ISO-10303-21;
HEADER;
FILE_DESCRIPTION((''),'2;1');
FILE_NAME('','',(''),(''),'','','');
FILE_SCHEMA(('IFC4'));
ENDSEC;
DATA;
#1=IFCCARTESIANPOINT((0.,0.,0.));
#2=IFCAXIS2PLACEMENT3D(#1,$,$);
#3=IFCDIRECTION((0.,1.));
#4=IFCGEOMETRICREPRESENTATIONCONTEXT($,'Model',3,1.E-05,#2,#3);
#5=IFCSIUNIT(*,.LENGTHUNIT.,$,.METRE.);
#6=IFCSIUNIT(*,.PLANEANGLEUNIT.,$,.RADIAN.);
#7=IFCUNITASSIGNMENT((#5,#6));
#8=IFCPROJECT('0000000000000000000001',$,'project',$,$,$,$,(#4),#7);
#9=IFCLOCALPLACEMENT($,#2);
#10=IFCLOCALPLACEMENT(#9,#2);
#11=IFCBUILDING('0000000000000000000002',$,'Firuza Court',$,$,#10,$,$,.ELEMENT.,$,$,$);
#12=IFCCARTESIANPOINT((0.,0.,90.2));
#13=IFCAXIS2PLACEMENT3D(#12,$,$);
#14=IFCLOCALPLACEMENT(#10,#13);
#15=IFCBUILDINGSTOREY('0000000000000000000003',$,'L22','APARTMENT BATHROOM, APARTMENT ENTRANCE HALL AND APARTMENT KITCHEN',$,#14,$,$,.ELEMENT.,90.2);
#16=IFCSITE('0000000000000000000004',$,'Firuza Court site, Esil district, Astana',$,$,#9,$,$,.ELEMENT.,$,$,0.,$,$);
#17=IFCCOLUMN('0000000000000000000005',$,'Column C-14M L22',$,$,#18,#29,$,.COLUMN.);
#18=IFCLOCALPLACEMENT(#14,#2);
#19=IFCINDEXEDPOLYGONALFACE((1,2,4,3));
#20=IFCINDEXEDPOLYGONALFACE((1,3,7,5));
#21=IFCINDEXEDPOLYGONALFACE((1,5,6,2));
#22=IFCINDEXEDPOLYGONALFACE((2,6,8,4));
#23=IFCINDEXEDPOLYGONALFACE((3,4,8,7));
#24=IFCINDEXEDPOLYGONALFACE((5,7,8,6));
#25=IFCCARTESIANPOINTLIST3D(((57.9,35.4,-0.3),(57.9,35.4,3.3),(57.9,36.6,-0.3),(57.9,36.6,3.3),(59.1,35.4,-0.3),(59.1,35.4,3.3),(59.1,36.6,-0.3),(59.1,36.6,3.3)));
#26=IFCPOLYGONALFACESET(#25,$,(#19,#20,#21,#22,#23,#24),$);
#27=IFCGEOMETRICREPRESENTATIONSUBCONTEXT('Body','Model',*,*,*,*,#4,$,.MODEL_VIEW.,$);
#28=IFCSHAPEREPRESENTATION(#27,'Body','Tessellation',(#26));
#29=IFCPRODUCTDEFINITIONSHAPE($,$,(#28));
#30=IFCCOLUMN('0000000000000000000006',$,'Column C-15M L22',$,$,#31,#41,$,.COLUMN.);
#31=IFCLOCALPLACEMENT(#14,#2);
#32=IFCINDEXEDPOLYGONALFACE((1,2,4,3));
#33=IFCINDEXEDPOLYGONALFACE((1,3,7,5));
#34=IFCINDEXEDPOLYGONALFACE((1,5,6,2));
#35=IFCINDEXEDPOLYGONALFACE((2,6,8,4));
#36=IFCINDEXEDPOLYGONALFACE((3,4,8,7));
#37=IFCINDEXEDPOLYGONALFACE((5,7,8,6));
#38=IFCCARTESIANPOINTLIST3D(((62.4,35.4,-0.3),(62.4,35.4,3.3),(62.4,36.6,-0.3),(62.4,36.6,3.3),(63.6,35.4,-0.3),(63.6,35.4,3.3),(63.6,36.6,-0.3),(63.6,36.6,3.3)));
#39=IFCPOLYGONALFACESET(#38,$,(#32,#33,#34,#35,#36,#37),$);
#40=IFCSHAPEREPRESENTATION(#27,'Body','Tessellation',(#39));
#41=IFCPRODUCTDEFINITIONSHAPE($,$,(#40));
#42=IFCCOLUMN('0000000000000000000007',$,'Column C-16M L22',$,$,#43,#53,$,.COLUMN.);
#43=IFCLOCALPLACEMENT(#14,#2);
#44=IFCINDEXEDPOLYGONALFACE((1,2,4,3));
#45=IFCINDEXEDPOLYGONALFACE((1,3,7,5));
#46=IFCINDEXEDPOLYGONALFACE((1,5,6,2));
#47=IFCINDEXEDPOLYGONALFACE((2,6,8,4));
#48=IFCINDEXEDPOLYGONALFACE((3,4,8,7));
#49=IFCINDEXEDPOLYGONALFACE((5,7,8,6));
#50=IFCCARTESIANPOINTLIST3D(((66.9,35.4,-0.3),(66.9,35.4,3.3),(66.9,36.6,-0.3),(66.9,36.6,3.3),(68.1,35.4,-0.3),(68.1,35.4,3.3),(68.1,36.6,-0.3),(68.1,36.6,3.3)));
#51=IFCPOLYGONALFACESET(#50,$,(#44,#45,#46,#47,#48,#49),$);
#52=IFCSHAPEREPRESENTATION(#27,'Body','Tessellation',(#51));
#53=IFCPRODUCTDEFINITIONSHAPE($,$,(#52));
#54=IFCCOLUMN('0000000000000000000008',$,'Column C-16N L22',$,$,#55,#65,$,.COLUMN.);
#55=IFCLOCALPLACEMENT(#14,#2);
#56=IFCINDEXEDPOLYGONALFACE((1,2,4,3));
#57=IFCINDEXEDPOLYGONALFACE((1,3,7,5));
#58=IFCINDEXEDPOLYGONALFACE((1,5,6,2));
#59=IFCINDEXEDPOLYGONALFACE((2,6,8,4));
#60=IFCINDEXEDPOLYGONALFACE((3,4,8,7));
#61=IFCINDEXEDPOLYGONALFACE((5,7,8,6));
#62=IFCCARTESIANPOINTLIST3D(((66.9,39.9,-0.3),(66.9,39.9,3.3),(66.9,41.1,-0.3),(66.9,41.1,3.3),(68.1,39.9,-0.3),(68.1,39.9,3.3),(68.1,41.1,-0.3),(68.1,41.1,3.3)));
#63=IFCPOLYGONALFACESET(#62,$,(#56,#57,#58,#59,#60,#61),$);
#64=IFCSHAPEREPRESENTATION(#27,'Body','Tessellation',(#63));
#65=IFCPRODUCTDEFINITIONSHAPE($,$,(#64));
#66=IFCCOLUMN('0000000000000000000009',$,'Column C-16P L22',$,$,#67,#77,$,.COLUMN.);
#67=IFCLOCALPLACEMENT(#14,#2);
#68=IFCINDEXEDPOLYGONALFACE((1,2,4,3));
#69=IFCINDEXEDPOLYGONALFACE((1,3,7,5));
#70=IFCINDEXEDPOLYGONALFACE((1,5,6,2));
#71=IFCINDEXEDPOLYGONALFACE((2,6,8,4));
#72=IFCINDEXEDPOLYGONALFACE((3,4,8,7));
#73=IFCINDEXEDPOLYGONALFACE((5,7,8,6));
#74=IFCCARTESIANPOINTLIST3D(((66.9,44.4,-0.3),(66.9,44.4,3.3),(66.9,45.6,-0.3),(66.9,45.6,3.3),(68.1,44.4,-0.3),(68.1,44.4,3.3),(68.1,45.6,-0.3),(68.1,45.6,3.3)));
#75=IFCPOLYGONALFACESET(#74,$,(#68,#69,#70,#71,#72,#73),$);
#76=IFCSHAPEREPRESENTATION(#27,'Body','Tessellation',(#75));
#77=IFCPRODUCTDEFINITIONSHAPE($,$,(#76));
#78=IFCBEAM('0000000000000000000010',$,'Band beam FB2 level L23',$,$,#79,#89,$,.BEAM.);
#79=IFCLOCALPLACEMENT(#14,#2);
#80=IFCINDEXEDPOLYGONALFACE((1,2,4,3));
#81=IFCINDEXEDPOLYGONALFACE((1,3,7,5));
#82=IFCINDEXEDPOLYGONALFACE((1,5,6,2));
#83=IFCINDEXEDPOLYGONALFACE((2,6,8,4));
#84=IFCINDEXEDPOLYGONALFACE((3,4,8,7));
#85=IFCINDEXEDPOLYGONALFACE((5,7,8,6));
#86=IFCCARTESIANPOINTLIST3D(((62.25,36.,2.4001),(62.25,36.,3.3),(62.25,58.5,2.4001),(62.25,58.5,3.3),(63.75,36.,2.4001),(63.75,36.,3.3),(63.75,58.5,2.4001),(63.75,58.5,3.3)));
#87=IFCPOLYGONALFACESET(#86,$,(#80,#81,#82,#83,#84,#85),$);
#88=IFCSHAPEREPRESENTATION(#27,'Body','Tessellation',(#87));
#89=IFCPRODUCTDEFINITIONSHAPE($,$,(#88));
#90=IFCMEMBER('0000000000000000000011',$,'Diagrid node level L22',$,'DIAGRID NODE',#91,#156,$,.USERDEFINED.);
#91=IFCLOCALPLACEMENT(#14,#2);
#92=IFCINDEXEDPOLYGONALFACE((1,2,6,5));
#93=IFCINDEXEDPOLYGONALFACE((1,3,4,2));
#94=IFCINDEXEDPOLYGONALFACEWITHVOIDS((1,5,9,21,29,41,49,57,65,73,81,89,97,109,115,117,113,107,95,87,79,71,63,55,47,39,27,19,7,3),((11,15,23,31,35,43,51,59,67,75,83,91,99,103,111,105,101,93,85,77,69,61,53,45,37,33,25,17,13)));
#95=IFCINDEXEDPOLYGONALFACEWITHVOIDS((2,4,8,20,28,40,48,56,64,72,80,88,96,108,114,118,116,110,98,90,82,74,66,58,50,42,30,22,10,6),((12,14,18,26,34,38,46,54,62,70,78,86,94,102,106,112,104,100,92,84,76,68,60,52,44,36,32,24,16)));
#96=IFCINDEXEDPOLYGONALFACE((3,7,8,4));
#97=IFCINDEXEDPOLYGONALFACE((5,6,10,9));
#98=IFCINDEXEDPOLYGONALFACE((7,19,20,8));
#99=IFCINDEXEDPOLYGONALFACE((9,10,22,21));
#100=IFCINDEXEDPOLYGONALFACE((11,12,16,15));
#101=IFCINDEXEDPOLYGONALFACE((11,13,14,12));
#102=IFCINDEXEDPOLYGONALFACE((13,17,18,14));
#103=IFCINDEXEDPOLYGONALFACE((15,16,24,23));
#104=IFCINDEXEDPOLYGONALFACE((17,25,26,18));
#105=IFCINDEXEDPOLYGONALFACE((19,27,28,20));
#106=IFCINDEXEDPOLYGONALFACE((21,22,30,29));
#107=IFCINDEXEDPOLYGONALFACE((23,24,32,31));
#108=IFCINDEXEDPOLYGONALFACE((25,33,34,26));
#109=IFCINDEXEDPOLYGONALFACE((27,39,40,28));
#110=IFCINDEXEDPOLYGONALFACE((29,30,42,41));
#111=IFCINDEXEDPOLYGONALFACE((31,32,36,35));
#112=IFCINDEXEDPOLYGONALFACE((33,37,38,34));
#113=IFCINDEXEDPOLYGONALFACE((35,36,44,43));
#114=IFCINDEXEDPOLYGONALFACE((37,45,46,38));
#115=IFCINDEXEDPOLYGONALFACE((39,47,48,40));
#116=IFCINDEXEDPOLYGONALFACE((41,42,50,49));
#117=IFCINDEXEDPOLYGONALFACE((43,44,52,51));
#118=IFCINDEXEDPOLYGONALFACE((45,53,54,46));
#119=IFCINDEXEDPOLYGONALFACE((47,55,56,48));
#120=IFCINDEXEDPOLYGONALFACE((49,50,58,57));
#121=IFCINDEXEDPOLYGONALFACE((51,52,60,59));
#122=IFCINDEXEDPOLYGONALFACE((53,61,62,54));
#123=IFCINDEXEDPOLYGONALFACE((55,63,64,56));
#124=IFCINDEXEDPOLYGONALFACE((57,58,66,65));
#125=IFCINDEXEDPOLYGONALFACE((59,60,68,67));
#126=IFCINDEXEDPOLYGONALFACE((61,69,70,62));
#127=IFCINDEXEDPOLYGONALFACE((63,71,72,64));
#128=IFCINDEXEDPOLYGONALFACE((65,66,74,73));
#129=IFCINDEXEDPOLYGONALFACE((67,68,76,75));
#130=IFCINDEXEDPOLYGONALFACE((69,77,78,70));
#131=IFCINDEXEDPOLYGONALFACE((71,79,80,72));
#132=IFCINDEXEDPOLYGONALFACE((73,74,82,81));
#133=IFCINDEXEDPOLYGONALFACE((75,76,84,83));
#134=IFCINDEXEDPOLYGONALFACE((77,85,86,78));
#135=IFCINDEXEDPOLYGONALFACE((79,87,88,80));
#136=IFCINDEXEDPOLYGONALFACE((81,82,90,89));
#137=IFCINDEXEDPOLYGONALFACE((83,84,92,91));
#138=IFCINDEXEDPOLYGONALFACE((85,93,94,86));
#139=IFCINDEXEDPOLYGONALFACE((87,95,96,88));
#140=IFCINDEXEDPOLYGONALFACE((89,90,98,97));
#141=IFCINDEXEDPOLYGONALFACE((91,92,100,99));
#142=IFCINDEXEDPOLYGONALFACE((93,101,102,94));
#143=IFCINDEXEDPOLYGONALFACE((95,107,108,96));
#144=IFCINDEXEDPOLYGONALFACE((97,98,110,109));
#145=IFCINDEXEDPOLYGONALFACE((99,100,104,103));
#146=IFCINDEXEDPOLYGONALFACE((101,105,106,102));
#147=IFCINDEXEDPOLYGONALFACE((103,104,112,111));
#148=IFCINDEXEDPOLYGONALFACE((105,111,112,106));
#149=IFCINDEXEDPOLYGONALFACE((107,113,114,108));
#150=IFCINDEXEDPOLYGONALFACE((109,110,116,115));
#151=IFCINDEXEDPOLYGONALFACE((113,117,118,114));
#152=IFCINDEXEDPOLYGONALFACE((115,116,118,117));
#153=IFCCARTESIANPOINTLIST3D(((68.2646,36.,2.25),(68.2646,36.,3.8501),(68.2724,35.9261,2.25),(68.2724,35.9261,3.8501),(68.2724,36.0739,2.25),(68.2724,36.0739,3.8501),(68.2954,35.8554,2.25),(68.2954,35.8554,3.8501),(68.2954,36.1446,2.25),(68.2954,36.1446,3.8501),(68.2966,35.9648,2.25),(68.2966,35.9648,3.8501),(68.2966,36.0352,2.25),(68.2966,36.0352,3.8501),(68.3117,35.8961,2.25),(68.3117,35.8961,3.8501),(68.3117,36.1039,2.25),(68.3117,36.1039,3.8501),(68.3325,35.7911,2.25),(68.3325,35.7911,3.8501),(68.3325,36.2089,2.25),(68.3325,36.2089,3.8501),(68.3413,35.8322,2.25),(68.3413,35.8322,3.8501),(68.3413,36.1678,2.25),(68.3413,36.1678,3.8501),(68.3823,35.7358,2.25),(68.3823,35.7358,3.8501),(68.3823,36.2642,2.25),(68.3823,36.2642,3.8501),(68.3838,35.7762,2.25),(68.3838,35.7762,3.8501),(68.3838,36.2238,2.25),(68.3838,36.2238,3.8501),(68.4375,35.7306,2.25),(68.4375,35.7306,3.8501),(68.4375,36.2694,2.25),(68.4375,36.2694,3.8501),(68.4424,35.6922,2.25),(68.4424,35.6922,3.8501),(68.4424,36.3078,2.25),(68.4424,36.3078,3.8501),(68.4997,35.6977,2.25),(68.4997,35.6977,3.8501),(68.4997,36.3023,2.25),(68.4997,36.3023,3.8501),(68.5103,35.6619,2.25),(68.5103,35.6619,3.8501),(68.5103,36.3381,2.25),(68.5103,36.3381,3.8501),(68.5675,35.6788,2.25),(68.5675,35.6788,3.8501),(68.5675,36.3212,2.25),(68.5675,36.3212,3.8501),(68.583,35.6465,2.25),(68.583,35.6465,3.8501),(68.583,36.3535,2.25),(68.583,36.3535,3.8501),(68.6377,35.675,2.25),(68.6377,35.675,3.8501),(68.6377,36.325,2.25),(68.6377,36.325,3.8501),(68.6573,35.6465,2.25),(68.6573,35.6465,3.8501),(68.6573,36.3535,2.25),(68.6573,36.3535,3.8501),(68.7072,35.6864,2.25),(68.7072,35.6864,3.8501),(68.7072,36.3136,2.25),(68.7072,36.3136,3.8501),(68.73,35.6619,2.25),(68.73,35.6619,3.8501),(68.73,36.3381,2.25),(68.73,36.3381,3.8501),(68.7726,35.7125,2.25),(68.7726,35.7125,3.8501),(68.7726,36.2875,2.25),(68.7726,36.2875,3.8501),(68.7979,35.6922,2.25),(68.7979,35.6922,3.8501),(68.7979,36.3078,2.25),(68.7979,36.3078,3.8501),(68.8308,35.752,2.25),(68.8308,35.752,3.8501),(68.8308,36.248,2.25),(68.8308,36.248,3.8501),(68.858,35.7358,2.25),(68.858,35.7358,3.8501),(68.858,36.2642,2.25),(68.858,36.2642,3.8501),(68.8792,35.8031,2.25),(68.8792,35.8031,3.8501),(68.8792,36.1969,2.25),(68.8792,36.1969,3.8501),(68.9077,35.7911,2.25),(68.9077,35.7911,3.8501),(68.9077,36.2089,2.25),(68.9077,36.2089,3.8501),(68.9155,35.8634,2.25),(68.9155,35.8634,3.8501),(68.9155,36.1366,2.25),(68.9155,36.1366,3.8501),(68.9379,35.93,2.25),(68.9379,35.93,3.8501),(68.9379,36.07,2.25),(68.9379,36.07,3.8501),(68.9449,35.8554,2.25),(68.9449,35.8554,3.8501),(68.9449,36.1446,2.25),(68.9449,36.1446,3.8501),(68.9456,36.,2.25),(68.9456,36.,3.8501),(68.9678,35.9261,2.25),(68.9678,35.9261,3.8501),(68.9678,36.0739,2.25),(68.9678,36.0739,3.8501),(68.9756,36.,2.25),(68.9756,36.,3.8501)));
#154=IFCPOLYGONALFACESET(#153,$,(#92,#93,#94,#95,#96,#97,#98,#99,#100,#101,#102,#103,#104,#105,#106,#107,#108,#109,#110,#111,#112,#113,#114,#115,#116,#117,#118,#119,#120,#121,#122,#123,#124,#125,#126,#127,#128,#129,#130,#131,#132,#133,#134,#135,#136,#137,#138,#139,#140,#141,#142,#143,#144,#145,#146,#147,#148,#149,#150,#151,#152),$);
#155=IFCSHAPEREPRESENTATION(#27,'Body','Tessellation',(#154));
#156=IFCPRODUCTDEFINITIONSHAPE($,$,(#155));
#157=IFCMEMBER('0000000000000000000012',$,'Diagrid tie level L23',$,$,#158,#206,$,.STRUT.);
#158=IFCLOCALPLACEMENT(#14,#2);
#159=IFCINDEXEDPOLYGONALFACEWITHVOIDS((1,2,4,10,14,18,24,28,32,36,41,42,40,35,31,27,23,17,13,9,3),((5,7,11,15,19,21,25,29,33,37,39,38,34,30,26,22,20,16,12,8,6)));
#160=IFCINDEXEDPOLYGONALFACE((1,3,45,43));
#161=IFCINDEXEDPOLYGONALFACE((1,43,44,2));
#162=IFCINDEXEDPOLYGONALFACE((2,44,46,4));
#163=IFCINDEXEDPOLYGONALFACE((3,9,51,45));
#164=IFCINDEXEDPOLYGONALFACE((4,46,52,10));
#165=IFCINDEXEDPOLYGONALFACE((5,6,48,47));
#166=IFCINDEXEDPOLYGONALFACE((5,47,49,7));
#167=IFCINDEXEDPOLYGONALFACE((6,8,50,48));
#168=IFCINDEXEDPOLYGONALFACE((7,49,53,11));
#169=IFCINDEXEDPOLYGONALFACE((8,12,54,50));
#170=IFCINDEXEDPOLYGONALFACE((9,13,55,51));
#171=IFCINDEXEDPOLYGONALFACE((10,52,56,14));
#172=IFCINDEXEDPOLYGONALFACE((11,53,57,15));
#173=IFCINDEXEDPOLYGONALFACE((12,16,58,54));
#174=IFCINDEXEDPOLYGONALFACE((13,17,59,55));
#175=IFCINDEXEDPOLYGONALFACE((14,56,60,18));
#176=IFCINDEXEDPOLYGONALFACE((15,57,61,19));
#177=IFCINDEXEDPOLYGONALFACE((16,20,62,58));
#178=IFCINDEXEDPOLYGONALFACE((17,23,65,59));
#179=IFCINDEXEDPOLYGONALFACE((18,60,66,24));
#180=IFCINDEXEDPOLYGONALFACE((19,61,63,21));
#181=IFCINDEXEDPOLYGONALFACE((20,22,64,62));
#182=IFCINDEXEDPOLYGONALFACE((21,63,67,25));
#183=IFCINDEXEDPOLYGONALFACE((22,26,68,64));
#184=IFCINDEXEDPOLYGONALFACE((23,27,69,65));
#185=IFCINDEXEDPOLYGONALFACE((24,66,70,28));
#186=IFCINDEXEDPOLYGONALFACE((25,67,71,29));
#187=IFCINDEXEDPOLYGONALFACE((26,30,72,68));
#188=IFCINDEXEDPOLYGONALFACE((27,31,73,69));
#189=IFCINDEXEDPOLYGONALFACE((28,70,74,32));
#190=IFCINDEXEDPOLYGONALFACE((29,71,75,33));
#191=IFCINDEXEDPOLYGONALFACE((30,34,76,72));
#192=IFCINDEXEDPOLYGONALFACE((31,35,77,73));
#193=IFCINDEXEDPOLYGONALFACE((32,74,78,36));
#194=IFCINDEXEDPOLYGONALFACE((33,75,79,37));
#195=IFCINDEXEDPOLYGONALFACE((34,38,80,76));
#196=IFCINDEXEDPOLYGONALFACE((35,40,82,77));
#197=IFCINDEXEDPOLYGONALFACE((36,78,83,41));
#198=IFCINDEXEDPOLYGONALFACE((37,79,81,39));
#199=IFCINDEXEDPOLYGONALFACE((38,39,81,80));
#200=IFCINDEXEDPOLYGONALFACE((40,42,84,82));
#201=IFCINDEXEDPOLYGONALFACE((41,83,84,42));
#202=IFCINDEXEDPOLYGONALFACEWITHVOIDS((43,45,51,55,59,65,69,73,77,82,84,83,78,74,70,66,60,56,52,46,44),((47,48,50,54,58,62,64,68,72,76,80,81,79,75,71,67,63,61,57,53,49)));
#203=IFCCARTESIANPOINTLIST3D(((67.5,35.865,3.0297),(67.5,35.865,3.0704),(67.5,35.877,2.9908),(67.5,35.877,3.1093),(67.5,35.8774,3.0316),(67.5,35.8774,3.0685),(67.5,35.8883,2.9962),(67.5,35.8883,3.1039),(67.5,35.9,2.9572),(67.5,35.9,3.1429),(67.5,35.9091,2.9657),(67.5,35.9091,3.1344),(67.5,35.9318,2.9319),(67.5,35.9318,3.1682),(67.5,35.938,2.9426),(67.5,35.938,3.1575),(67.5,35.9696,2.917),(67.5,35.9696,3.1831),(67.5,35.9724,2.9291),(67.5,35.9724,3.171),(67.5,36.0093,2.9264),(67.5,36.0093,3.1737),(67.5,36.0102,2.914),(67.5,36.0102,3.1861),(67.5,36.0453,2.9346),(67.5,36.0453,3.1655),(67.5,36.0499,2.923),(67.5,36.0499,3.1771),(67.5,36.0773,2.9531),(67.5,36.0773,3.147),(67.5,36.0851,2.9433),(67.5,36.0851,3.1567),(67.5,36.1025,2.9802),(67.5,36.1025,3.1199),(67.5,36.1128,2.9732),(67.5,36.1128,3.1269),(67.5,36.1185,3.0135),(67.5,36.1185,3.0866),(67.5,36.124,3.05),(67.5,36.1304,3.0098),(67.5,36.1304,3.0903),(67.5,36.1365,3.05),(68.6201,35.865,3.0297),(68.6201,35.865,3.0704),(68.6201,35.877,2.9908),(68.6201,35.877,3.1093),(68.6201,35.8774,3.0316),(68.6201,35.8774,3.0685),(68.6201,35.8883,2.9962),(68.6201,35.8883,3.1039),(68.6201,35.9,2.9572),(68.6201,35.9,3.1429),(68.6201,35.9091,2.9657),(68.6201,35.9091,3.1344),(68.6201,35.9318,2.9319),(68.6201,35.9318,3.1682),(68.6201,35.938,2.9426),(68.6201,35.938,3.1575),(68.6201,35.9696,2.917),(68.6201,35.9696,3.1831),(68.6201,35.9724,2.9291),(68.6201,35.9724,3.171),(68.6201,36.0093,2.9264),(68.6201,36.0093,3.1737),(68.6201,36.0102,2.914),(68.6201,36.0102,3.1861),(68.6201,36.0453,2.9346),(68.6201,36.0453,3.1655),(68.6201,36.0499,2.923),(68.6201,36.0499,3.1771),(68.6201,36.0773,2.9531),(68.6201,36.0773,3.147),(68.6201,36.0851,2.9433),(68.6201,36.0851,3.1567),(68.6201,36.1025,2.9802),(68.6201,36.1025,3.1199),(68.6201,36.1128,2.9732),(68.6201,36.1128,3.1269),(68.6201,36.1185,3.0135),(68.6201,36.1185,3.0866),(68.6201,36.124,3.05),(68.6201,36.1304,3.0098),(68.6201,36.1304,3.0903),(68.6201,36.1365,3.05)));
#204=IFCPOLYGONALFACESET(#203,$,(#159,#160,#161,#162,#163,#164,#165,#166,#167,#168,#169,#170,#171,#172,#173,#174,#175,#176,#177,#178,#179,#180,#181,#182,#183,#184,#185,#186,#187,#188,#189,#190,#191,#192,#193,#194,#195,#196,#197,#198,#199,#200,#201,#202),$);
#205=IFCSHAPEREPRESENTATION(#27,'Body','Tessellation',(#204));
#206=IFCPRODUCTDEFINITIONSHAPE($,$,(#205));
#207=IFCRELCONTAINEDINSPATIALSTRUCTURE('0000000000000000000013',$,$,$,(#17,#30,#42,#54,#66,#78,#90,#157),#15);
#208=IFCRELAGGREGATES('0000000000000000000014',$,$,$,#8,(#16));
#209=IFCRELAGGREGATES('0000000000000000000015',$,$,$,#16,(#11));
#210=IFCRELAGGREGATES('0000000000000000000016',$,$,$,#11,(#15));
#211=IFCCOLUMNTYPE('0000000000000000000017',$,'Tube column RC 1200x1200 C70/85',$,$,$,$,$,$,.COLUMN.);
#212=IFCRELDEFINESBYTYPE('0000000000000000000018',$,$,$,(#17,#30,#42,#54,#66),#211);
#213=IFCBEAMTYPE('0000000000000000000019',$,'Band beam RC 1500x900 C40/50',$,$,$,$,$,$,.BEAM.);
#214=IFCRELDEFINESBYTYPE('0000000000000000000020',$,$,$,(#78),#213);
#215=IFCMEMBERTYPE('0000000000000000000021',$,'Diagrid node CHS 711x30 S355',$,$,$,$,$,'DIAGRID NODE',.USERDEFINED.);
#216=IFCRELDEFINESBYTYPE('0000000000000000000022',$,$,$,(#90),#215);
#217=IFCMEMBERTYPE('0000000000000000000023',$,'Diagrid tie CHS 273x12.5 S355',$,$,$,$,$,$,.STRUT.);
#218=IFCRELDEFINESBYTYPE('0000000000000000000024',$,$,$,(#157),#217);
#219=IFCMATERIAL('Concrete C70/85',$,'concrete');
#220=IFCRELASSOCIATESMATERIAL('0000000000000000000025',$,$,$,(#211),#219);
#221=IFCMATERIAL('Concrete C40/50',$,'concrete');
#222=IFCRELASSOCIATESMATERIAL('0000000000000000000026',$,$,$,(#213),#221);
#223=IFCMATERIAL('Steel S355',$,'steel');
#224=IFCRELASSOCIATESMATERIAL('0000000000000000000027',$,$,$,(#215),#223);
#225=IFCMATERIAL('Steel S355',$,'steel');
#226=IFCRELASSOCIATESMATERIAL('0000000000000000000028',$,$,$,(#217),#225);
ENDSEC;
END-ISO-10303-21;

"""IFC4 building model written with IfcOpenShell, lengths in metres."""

from ifc_helpers import new_model, si_unit, direction, frame, origin, origin_2d, place, context, subcontext, project, spatial, rectangle, hollow_circle, extrude, material, material_profile, profile_set, type_object, element, save


model = new_model("IFC4")

# Units and contexts
model_context = context("Model", 3, precision=1e-05, world=origin(), true_north=direction((0.0, 1.0)))
body_context = subcontext(model_context, "Body", "Model", "MODEL_VIEW")
ifc_project = project(units=[si_unit("LENGTHUNIT", "METRE"), si_unit("PLANEANGLEUNIT", "RADIAN")], contexts=[model_context])

# Site, building, storey
site_placement = place(None, origin())
site = spatial("IfcSite", under=ifc_project, at=site_placement, Name="Firuza Court site, Esil district, Astana", CompositionType="ELEMENT", RefElevation=0.0)
building_placement = place(site_placement, origin())
building = spatial("IfcBuilding", under=site, at=building_placement, Name="Firuza Court", CompositionType="ELEMENT")
storey_placement = place(building_placement, frame((0.0, 0.0, 90.2)))
storey = spatial("IfcBuildingStorey", under=building, at=storey_placement, Name="L22", Description="APARTMENT BATHROOM, APARTMENT ENTRANCE HALL AND APARTMENT KITCHEN", CompositionType="ELEMENT", Elevation=90.2)

# Columns
ifc_material_1 = material(Name="Concrete C70/85", Category="concrete")
ifc_material_profile_1 = material_profile(ifc_material_1, rectangle(XDim=1.2, YDim=1.2, at=origin_2d()), Name="RC 1200x1200")
ifc_profile_set_1 = profile_set([ifc_material_profile_1], Name="Concrete C70/85")
column_type = type_object("IfcColumnType", Name="Tube column RC 1200x1200 C70/85", PredefinedType="COLUMN", material=ifc_profile_set_1)
for number, where, z_axis, x_axis, name in (
    (1, (58.5, 36.0, -0.3), (0.0, 0.0, 1.0), (1.0, 0.0, 0.0), "Column C-14M L22"),
    (2, (63.0, 36.0, -0.3), (0.0, 0.0, 1.0), (1.0, 0.0, 0.0), "Column C-15M L22"),
    (3, (67.5, 36.0, -0.3), (0.0, 0.0, 1.0), (1.0, 0.0, 0.0), "Column C-16M L22"),
    (4, (67.5, 40.5, -0.3), (0.0, 0.0, 1.0), (1.0, 0.0, 0.0), "Column C-16N L22"),
    (5, (67.5, 45.0, -0.3), (0.0, 0.0, 1.0), (1.0, 0.0, 0.0), "Column C-16P L22"),
):
    element("IfcColumn", number, at=place(storey_placement, frame(where, z_axis=z_axis, x_axis=x_axis)), inside=storey, type_object=column_type, Name=name, PredefinedType="COLUMN", context=body_context, shape_type="SweptSolid", body=[
        extrude(rectangle(XDim=1.2, YDim=1.2, at=origin_2d()), origin(), (0.0, 0.0, 1.0), 3.6001),
    ])

# Beam
ifc_material_2 = material(Name="Concrete C40/50", Category="concrete")
ifc_material_profile_2 = material_profile(ifc_material_2, rectangle(XDim=1.5, YDim=0.8999, at=origin_2d()), Name="RC 1500x900")
ifc_profile_set_2 = profile_set([ifc_material_profile_2], Name="Concrete C40/50")
beam_type_1 = type_object("IfcBeamType", Name="Band beam RC 1500x900 C40/50", PredefinedType="BEAM", material=ifc_profile_set_2)
beam_placement = place(storey_placement, frame((63.0, 36.0, 2.8501), z_axis=(0.0, 1.0, 0.0), x_axis=(-1.0, 0.0, 0.0)))
element("IfcBeam", 6, at=beam_placement, inside=storey, type_object=beam_type_1, Name="Band beam FB2 level L23", PredefinedType="BEAM", context=body_context, shape_type="SweptSolid", body=[
    extrude(rectangle(XDim=1.5, YDim=0.8999, at=origin_2d()), origin(), (0.0, 0.0, 1.0), 22.5),
])

# Members
ifc_material_3 = material(Name="Steel S355", Category="steel")
ifc_material_profile_3 = material_profile(ifc_material_3, hollow_circle(Radius=0.3555, WallThickness=0.03, at=origin_2d()), Name="CHS 711x30")
ifc_profile_set_3 = profile_set([ifc_material_profile_3], Name="Steel S355")
member_type_1 = type_object("IfcMemberType", Name="Diagrid node CHS 711x30 S355", ElementType="DIAGRID NODE", PredefinedType="USERDEFINED", material=ifc_profile_set_3)
member_1_placement = place(storey_placement, frame((68.6201, 36.0, 2.25), z_axis=(0.0, 0.0, 1.0), x_axis=(1.0, 0.0, 0.0)))
element("IfcMember", 7, at=member_1_placement, inside=storey, type_object=member_type_1, Name="Diagrid node level L22", ObjectType="DIAGRID NODE", PredefinedType="USERDEFINED", context=body_context, shape_type="SweptSolid", body=[
    extrude(hollow_circle(Radius=0.3555, WallThickness=0.03, at=origin_2d()), origin(), (0.0, 0.0, 1.0), 1.6001),
])
ifc_material_4 = material(Name="Steel S355", Category="steel")
ifc_material_profile_4 = material_profile(ifc_material_4, hollow_circle(Radius=0.1365, WallThickness=0.0125, at=origin_2d()), Name="CHS 273x12.5")
ifc_profile_set_4 = profile_set([ifc_material_profile_4], Name="Steel S355")
member_type_2 = type_object("IfcMemberType", Name="Diagrid tie CHS 273x12.5 S355", PredefinedType="STRUT", material=ifc_profile_set_4)
member_2_placement = place(storey_placement, frame((67.5, 36.0, 3.05), z_axis=(1.0, 0.0, 0.0), x_axis=(0.0, 1.0, 0.0)))
element("IfcMember", 8, at=member_2_placement, inside=storey, type_object=member_type_2, Name="Diagrid tie level L23", PredefinedType="STRUT", context=body_context, shape_type="SweptSolid", body=[
    extrude(hollow_circle(Radius=0.1365, WallThickness=0.0125, at=origin_2d()), origin(), (0.0, 0.0, 1.0), 1.1201),
])

save(model, "model.ifc")
